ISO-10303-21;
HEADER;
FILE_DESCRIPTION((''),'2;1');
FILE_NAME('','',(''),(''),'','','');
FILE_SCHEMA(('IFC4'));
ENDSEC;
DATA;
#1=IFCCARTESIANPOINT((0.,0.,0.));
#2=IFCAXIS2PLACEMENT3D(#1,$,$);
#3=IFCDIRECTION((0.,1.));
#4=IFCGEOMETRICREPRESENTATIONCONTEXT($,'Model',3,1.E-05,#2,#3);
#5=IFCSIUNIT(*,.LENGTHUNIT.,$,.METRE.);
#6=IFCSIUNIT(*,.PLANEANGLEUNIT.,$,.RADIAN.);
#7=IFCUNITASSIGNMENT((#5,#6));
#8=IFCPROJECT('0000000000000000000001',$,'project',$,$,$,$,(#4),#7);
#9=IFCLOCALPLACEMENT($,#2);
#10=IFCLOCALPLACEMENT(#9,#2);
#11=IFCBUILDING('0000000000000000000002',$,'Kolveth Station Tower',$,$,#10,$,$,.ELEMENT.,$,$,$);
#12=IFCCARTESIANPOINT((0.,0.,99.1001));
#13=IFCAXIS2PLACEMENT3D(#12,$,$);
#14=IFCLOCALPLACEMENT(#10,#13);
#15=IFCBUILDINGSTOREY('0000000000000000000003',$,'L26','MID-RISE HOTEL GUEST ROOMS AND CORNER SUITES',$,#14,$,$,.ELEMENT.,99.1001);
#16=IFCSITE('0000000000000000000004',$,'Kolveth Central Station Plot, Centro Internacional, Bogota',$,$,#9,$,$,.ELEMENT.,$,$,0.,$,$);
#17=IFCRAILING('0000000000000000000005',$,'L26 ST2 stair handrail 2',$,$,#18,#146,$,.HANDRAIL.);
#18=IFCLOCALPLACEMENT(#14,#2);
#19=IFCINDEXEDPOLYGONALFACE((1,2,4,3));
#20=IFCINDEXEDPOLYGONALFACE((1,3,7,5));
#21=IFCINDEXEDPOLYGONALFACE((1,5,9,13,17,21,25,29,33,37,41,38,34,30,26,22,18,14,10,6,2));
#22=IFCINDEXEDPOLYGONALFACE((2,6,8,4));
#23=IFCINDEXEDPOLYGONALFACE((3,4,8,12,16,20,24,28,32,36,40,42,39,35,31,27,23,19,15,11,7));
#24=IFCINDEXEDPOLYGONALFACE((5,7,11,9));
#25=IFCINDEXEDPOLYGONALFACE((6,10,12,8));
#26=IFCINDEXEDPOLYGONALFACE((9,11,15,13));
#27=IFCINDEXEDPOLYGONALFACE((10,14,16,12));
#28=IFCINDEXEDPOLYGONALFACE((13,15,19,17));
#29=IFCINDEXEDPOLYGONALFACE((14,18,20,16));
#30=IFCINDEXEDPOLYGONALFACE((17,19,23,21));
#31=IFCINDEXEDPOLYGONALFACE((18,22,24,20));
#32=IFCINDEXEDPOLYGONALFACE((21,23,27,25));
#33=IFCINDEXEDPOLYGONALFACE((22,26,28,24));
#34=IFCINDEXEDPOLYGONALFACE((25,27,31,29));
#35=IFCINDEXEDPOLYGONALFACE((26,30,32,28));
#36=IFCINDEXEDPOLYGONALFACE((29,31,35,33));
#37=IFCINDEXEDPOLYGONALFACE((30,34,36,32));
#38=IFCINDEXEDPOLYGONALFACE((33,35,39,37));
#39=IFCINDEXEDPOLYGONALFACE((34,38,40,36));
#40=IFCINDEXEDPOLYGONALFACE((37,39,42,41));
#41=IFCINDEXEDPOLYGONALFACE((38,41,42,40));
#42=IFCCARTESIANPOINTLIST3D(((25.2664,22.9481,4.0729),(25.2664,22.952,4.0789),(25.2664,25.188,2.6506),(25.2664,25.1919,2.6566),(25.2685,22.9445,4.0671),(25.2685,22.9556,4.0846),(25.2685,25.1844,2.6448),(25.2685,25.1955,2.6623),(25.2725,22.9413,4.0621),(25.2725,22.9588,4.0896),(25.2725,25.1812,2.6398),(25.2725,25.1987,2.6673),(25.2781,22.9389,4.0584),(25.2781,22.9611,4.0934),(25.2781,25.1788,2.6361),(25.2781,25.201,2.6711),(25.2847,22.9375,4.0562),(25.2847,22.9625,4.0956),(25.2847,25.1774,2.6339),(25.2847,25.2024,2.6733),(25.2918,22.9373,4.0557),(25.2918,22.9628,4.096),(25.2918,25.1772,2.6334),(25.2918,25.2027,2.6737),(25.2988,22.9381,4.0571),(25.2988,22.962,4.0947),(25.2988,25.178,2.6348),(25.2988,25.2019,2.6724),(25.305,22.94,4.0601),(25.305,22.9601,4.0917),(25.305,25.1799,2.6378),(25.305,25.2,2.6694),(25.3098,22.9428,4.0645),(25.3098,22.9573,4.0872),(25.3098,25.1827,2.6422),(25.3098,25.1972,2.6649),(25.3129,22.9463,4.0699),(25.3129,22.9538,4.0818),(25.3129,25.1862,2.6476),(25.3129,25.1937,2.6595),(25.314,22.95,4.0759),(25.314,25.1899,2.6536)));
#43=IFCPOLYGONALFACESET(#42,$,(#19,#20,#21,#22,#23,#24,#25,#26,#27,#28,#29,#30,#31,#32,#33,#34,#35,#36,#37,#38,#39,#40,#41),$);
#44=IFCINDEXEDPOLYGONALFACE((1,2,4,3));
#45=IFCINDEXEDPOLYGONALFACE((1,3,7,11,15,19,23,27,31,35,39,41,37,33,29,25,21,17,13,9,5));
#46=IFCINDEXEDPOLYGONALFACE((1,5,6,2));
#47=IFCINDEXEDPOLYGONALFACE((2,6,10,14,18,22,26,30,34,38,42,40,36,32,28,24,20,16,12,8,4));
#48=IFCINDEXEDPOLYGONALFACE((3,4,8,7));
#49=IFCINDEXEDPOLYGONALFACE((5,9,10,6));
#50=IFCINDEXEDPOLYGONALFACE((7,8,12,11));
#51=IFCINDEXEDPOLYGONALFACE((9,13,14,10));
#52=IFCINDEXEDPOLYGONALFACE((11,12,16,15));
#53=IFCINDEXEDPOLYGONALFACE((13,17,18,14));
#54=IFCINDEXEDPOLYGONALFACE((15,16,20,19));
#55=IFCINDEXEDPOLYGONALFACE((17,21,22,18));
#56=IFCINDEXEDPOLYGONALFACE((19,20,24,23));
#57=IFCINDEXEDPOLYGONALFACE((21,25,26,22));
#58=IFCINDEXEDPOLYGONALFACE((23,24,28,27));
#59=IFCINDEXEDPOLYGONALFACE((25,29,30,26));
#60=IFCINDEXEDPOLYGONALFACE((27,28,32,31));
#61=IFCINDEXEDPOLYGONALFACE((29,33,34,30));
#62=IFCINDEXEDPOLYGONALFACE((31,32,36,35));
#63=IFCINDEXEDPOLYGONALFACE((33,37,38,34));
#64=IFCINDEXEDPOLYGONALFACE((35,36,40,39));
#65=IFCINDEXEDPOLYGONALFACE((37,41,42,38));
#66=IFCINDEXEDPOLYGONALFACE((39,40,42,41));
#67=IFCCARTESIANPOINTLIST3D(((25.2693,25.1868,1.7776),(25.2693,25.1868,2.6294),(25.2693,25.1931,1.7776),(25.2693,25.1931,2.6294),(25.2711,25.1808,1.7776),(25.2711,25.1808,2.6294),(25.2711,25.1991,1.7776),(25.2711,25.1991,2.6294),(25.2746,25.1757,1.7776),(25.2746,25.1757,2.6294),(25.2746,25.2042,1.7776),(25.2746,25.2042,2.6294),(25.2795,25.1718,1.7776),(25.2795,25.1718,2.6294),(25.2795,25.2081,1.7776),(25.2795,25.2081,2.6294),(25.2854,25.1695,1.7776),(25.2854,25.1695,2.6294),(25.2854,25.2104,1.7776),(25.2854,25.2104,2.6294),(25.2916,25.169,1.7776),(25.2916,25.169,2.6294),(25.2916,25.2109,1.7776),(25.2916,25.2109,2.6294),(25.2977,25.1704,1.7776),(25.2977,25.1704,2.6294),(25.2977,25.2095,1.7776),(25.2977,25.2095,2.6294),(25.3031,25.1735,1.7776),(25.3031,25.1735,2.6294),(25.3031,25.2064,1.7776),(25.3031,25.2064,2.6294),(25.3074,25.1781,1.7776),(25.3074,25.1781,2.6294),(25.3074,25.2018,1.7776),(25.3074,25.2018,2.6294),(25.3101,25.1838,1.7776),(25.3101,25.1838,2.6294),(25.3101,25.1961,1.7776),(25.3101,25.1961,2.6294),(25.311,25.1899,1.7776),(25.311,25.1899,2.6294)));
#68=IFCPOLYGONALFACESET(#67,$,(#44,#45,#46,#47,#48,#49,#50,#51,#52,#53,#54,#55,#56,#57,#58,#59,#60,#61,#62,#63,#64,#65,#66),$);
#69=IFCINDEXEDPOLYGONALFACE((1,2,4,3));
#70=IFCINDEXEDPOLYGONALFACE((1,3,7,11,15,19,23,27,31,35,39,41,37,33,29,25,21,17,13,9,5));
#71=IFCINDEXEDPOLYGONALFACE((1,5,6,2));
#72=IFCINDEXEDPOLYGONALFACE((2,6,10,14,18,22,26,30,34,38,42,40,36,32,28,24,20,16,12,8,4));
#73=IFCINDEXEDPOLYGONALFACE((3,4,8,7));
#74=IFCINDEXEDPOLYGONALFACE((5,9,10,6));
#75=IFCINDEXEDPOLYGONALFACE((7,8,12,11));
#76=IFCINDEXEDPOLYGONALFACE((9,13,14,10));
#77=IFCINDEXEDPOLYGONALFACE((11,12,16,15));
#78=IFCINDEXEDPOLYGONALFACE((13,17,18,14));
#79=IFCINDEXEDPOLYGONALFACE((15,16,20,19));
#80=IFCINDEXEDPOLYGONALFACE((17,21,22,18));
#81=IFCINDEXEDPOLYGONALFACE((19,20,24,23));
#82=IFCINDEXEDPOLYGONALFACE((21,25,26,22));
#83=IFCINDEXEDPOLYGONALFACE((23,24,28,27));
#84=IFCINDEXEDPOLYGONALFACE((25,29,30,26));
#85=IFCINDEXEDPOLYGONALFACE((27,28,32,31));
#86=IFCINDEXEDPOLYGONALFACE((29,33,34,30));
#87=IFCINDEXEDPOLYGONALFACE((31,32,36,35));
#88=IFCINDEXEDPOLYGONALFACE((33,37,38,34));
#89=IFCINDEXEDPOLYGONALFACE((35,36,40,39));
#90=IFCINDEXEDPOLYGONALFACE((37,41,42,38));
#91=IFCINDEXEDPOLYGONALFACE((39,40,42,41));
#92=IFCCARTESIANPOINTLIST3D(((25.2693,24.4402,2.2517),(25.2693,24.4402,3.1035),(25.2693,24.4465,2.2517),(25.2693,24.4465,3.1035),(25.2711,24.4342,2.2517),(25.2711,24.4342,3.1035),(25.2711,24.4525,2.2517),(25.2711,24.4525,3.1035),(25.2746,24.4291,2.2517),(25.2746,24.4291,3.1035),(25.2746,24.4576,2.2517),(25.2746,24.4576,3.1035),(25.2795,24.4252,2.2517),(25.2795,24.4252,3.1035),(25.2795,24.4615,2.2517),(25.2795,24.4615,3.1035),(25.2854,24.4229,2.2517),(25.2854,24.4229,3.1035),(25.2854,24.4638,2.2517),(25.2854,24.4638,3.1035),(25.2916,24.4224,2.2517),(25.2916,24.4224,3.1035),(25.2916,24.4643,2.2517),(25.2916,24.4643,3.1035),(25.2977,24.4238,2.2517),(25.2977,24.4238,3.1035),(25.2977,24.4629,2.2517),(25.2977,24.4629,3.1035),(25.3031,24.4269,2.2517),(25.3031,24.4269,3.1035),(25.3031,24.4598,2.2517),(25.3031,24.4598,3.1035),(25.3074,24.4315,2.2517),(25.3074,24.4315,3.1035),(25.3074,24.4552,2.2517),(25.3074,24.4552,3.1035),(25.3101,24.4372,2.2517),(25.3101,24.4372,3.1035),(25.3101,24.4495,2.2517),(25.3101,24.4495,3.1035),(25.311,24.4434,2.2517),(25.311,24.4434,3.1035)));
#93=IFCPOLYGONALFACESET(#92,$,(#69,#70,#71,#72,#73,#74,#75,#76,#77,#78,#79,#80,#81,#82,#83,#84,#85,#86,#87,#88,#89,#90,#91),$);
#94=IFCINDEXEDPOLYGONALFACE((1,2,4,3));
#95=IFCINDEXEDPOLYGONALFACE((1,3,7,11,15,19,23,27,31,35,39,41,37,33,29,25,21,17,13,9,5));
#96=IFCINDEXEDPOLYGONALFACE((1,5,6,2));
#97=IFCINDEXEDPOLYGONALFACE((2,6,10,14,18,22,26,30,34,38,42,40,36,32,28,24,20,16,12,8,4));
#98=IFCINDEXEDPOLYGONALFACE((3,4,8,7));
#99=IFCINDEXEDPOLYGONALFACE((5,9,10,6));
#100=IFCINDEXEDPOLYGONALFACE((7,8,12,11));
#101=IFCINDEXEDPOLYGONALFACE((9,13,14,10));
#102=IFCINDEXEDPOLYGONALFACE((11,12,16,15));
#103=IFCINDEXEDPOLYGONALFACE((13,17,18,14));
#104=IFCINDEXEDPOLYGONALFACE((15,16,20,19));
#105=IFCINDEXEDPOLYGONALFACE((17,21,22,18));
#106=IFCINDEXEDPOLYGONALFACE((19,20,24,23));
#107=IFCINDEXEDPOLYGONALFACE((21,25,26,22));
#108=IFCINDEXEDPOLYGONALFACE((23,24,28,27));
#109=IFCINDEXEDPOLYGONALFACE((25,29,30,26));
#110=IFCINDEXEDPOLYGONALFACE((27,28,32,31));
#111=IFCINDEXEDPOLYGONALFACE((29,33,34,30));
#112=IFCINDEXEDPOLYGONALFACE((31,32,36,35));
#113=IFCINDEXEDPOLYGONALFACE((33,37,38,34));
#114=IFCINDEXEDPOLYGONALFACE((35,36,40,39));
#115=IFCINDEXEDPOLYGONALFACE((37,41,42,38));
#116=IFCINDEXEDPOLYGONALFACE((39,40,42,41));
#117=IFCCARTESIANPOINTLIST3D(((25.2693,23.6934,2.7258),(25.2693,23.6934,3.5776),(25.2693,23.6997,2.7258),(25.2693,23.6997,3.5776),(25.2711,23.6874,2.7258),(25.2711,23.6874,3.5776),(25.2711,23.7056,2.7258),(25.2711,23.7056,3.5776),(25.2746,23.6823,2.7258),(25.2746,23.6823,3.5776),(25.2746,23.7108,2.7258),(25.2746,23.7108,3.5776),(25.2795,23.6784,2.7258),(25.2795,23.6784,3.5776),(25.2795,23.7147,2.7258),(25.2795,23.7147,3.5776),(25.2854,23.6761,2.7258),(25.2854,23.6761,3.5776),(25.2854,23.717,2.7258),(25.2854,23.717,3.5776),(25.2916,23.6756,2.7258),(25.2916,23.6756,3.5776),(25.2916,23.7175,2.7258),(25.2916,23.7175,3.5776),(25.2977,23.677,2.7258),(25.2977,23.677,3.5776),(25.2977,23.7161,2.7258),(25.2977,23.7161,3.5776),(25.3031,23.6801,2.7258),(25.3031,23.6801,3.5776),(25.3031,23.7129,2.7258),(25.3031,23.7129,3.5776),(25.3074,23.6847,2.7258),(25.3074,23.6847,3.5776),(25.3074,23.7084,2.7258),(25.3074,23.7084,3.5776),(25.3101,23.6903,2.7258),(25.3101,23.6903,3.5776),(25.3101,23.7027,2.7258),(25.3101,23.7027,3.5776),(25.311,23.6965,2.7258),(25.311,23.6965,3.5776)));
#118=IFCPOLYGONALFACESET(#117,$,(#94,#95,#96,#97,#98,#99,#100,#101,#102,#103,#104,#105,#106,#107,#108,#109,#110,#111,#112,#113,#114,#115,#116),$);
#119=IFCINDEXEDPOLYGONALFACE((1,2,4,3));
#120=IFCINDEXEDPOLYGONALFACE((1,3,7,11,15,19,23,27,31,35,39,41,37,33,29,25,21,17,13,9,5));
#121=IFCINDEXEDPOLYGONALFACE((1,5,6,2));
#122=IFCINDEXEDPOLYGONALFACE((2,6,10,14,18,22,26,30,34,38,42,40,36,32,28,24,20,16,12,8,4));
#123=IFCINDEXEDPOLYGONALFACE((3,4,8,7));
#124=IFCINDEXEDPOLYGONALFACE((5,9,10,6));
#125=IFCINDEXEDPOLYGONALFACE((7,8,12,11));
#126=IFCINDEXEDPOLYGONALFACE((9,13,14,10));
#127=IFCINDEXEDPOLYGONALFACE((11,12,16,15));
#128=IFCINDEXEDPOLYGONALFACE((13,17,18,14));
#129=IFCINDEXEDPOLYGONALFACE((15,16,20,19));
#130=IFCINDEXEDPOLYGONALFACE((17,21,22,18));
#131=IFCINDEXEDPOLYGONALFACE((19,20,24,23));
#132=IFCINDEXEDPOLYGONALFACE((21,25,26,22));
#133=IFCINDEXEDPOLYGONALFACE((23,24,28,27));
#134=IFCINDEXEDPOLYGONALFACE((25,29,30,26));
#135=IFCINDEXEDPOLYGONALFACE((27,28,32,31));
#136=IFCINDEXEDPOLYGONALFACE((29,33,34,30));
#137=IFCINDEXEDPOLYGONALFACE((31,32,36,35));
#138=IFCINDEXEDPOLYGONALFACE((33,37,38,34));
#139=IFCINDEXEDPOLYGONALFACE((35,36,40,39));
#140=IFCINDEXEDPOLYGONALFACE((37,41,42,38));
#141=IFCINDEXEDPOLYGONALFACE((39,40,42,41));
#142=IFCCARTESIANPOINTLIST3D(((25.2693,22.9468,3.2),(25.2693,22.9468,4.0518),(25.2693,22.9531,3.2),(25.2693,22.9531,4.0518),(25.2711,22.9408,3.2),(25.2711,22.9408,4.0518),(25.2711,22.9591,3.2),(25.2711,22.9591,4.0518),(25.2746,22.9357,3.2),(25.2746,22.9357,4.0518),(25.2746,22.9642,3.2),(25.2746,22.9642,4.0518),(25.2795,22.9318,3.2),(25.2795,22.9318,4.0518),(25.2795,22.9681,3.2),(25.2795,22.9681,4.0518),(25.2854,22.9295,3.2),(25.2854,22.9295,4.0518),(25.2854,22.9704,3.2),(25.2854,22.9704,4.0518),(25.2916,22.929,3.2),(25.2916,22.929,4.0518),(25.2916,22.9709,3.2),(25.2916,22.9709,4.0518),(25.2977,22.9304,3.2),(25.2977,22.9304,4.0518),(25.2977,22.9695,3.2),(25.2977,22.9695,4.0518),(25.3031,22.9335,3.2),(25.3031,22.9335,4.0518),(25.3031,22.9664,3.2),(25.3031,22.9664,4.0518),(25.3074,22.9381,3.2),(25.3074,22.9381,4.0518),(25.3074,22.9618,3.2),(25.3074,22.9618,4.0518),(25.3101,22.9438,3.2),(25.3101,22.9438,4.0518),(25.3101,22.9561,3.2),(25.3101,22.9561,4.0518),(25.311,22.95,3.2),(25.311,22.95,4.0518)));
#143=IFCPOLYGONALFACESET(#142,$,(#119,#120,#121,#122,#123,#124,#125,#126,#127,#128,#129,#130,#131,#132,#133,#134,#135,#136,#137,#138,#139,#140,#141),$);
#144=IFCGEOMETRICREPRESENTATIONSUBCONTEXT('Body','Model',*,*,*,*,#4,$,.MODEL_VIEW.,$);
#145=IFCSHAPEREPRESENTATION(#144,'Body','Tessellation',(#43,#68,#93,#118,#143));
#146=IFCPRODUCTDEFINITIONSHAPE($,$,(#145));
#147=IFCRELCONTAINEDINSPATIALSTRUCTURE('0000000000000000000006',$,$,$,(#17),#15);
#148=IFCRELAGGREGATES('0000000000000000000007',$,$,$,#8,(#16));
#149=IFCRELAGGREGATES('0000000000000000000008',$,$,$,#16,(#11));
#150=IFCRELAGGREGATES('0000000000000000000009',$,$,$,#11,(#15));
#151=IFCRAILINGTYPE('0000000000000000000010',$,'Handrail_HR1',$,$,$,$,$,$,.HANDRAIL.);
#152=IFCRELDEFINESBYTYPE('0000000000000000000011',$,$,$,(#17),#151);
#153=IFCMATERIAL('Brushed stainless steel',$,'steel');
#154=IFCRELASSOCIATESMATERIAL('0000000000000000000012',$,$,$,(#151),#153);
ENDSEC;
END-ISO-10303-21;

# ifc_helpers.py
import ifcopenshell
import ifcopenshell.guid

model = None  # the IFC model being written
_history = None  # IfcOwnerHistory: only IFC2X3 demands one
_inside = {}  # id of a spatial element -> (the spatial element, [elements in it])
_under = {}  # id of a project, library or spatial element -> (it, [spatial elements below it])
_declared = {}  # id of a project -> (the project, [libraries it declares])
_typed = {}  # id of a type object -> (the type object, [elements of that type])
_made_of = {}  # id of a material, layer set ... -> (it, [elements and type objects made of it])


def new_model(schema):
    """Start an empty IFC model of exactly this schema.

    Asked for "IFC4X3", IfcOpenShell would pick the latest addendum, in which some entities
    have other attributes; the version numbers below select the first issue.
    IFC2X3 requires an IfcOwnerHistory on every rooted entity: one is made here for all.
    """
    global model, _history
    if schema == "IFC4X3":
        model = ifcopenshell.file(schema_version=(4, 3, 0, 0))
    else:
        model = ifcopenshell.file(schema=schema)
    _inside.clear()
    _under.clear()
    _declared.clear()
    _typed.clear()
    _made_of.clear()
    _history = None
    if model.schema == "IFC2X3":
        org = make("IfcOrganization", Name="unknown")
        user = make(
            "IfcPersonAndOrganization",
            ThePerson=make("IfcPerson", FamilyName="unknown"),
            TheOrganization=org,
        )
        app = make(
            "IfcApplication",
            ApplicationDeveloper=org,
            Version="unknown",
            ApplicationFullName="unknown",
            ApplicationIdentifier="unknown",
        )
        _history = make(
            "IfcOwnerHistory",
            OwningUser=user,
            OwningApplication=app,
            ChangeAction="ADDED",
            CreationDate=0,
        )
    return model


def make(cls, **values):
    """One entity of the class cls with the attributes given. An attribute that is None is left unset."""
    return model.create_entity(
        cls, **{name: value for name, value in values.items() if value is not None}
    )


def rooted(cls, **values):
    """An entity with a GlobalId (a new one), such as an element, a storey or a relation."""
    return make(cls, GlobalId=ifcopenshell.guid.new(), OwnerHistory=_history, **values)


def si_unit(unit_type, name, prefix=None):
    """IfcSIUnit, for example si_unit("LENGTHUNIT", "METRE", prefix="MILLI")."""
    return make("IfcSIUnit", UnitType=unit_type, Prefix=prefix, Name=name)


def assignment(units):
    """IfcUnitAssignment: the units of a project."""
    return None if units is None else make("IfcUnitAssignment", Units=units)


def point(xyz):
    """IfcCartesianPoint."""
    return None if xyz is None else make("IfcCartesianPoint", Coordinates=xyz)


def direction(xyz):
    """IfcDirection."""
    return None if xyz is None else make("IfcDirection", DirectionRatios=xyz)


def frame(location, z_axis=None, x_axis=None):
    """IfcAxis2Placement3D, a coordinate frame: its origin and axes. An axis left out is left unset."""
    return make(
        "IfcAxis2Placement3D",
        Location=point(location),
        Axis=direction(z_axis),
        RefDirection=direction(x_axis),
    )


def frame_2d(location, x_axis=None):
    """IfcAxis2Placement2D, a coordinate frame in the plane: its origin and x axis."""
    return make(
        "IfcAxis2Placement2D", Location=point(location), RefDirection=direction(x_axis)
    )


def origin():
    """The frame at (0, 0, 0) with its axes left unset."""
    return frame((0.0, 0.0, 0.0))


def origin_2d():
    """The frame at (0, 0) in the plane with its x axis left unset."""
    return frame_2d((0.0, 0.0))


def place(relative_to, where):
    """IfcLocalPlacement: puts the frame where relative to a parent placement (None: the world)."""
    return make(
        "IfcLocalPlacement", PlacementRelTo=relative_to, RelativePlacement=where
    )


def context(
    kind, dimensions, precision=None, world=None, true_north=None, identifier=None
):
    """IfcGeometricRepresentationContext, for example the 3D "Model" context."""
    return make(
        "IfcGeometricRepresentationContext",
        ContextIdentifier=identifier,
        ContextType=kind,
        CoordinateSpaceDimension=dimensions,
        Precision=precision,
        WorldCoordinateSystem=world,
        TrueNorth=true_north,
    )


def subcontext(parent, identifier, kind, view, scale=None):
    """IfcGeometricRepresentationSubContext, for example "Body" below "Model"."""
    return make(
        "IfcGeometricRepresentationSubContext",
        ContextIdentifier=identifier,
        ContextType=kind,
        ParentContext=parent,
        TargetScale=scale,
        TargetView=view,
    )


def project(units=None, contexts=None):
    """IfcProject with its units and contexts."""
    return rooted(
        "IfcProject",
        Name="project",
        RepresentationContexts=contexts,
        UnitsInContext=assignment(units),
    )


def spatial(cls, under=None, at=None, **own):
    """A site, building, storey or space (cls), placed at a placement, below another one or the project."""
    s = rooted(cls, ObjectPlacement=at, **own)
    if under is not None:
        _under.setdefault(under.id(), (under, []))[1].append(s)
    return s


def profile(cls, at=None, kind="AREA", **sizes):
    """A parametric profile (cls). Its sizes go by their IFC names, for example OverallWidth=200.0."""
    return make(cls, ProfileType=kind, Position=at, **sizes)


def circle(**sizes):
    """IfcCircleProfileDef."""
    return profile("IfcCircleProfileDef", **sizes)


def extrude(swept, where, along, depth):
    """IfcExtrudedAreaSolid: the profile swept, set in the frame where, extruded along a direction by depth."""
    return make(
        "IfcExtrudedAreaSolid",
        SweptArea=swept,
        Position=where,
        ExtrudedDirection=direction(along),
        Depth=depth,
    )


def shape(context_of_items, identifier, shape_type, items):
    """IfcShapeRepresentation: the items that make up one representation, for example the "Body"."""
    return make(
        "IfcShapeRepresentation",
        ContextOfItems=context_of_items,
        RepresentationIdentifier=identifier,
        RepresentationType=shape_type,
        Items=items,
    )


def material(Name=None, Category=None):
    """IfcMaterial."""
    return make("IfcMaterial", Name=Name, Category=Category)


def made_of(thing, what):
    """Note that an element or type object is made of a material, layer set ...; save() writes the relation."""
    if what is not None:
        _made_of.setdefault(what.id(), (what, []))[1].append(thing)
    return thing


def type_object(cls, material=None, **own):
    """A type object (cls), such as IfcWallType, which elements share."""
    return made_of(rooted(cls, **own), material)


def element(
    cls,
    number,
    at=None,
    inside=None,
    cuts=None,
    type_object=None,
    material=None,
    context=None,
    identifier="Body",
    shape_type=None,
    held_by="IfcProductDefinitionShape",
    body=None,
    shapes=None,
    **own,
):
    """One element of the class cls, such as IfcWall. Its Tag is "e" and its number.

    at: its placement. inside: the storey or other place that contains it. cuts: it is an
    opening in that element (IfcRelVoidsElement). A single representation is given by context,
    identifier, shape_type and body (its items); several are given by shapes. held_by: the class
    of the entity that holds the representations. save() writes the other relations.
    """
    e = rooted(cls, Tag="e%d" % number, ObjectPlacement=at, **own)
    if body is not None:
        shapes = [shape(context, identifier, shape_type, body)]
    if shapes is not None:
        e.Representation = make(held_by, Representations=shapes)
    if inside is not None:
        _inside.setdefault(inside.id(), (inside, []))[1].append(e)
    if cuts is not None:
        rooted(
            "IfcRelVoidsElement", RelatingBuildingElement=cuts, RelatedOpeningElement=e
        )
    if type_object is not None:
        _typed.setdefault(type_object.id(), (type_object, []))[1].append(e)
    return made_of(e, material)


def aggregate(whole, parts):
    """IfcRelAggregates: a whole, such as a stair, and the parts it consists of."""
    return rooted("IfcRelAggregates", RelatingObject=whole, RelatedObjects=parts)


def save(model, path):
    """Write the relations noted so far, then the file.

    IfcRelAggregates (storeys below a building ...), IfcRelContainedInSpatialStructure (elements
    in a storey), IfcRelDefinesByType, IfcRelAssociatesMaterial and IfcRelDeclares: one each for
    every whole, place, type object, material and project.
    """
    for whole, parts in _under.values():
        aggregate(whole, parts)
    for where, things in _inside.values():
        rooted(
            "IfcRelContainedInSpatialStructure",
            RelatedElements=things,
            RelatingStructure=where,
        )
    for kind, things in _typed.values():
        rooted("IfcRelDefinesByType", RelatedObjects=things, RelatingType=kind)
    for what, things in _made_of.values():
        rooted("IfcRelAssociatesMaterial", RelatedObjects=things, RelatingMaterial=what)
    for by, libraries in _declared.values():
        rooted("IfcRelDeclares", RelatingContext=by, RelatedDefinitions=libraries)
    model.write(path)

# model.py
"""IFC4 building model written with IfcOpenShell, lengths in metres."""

from ifc_helpers import new_model, si_unit, direction, frame, origin, origin_2d, place, context, subcontext, project, spatial, circle, extrude, material, type_object, element, save


model = new_model("IFC4")

# Units and contexts
model_context = context("Model", 3, precision=1e-05, world=origin(), true_north=direction((0.0, 1.0)))
body_context = subcontext(model_context, "Body", "Model", "MODEL_VIEW")
ifc_project = project(units=[si_unit("LENGTHUNIT", "METRE"), si_unit("PLANEANGLEUNIT", "RADIAN")], contexts=[model_context])

# Site, building, storey
site_placement = place(None, origin())
site = spatial("IfcSite", under=ifc_project, at=site_placement, Name="Kolveth Central Station Plot, Centro Internacional, Bogota", CompositionType="ELEMENT", RefElevation=0.0)
building_placement = place(site_placement, origin())
building = spatial("IfcBuilding", under=site, at=building_placement, Name="Kolveth Station Tower", CompositionType="ELEMENT")
storey_placement = place(building_placement, frame((0.0, 0.0, 99.1001)))
storey = spatial("IfcBuildingStorey", under=building, at=storey_placement, Name="L26", Description="MID-RISE HOTEL GUEST ROOMS AND CORNER SUITES", CompositionType="ELEMENT", Elevation=99.1001)

# Railing
ifc_material_1 = material(Name="Brushed stainless steel", Category="steel")
railing_type_1 = type_object("IfcRailingType", Name="Handrail_HR1", PredefinedType="HANDRAIL", material=ifc_material_1)
railing_1_placement = place(storey_placement, frame((25.29, 25.1899, 1.7776)))
element("IfcRailing", 1, at=railing_1_placement, inside=storey, type_object=railing_type_1, Name="L26 ST2 stair handrail 2", PredefinedType="HANDRAIL", context=body_context, shape_type="SweptSolid", body=[
    extrude(circle(Radius=0.0239, at=origin_2d()), frame((0.0, 0.0, 0.876), z_axis=(0.0, -0.844188, 0.536048), x_axis=(1.0, 0.0, 0.0)), (0.0, 0.0, 1.0), 2.6533),
    extrude(circle(Radius=0.021, at=origin_2d()), origin(), (0.0, 0.0, 1.0), 0.8518),
    extrude(circle(Radius=0.021, at=origin_2d()), frame((0.0, -0.7466, 0.4741)), (0.0, 0.0, 1.0), 0.8518),
    extrude(circle(Radius=0.021, at=origin_2d()), frame((0.0, -1.4934, 0.9482)), (0.0, 0.0, 1.0), 0.8518),
    extrude(circle(Radius=0.021, at=origin_2d()), frame((0.0, -2.24, 1.4224)), (0.0, 0.0, 1.0), 0.8518),
])

save(model, "model.ifc")
